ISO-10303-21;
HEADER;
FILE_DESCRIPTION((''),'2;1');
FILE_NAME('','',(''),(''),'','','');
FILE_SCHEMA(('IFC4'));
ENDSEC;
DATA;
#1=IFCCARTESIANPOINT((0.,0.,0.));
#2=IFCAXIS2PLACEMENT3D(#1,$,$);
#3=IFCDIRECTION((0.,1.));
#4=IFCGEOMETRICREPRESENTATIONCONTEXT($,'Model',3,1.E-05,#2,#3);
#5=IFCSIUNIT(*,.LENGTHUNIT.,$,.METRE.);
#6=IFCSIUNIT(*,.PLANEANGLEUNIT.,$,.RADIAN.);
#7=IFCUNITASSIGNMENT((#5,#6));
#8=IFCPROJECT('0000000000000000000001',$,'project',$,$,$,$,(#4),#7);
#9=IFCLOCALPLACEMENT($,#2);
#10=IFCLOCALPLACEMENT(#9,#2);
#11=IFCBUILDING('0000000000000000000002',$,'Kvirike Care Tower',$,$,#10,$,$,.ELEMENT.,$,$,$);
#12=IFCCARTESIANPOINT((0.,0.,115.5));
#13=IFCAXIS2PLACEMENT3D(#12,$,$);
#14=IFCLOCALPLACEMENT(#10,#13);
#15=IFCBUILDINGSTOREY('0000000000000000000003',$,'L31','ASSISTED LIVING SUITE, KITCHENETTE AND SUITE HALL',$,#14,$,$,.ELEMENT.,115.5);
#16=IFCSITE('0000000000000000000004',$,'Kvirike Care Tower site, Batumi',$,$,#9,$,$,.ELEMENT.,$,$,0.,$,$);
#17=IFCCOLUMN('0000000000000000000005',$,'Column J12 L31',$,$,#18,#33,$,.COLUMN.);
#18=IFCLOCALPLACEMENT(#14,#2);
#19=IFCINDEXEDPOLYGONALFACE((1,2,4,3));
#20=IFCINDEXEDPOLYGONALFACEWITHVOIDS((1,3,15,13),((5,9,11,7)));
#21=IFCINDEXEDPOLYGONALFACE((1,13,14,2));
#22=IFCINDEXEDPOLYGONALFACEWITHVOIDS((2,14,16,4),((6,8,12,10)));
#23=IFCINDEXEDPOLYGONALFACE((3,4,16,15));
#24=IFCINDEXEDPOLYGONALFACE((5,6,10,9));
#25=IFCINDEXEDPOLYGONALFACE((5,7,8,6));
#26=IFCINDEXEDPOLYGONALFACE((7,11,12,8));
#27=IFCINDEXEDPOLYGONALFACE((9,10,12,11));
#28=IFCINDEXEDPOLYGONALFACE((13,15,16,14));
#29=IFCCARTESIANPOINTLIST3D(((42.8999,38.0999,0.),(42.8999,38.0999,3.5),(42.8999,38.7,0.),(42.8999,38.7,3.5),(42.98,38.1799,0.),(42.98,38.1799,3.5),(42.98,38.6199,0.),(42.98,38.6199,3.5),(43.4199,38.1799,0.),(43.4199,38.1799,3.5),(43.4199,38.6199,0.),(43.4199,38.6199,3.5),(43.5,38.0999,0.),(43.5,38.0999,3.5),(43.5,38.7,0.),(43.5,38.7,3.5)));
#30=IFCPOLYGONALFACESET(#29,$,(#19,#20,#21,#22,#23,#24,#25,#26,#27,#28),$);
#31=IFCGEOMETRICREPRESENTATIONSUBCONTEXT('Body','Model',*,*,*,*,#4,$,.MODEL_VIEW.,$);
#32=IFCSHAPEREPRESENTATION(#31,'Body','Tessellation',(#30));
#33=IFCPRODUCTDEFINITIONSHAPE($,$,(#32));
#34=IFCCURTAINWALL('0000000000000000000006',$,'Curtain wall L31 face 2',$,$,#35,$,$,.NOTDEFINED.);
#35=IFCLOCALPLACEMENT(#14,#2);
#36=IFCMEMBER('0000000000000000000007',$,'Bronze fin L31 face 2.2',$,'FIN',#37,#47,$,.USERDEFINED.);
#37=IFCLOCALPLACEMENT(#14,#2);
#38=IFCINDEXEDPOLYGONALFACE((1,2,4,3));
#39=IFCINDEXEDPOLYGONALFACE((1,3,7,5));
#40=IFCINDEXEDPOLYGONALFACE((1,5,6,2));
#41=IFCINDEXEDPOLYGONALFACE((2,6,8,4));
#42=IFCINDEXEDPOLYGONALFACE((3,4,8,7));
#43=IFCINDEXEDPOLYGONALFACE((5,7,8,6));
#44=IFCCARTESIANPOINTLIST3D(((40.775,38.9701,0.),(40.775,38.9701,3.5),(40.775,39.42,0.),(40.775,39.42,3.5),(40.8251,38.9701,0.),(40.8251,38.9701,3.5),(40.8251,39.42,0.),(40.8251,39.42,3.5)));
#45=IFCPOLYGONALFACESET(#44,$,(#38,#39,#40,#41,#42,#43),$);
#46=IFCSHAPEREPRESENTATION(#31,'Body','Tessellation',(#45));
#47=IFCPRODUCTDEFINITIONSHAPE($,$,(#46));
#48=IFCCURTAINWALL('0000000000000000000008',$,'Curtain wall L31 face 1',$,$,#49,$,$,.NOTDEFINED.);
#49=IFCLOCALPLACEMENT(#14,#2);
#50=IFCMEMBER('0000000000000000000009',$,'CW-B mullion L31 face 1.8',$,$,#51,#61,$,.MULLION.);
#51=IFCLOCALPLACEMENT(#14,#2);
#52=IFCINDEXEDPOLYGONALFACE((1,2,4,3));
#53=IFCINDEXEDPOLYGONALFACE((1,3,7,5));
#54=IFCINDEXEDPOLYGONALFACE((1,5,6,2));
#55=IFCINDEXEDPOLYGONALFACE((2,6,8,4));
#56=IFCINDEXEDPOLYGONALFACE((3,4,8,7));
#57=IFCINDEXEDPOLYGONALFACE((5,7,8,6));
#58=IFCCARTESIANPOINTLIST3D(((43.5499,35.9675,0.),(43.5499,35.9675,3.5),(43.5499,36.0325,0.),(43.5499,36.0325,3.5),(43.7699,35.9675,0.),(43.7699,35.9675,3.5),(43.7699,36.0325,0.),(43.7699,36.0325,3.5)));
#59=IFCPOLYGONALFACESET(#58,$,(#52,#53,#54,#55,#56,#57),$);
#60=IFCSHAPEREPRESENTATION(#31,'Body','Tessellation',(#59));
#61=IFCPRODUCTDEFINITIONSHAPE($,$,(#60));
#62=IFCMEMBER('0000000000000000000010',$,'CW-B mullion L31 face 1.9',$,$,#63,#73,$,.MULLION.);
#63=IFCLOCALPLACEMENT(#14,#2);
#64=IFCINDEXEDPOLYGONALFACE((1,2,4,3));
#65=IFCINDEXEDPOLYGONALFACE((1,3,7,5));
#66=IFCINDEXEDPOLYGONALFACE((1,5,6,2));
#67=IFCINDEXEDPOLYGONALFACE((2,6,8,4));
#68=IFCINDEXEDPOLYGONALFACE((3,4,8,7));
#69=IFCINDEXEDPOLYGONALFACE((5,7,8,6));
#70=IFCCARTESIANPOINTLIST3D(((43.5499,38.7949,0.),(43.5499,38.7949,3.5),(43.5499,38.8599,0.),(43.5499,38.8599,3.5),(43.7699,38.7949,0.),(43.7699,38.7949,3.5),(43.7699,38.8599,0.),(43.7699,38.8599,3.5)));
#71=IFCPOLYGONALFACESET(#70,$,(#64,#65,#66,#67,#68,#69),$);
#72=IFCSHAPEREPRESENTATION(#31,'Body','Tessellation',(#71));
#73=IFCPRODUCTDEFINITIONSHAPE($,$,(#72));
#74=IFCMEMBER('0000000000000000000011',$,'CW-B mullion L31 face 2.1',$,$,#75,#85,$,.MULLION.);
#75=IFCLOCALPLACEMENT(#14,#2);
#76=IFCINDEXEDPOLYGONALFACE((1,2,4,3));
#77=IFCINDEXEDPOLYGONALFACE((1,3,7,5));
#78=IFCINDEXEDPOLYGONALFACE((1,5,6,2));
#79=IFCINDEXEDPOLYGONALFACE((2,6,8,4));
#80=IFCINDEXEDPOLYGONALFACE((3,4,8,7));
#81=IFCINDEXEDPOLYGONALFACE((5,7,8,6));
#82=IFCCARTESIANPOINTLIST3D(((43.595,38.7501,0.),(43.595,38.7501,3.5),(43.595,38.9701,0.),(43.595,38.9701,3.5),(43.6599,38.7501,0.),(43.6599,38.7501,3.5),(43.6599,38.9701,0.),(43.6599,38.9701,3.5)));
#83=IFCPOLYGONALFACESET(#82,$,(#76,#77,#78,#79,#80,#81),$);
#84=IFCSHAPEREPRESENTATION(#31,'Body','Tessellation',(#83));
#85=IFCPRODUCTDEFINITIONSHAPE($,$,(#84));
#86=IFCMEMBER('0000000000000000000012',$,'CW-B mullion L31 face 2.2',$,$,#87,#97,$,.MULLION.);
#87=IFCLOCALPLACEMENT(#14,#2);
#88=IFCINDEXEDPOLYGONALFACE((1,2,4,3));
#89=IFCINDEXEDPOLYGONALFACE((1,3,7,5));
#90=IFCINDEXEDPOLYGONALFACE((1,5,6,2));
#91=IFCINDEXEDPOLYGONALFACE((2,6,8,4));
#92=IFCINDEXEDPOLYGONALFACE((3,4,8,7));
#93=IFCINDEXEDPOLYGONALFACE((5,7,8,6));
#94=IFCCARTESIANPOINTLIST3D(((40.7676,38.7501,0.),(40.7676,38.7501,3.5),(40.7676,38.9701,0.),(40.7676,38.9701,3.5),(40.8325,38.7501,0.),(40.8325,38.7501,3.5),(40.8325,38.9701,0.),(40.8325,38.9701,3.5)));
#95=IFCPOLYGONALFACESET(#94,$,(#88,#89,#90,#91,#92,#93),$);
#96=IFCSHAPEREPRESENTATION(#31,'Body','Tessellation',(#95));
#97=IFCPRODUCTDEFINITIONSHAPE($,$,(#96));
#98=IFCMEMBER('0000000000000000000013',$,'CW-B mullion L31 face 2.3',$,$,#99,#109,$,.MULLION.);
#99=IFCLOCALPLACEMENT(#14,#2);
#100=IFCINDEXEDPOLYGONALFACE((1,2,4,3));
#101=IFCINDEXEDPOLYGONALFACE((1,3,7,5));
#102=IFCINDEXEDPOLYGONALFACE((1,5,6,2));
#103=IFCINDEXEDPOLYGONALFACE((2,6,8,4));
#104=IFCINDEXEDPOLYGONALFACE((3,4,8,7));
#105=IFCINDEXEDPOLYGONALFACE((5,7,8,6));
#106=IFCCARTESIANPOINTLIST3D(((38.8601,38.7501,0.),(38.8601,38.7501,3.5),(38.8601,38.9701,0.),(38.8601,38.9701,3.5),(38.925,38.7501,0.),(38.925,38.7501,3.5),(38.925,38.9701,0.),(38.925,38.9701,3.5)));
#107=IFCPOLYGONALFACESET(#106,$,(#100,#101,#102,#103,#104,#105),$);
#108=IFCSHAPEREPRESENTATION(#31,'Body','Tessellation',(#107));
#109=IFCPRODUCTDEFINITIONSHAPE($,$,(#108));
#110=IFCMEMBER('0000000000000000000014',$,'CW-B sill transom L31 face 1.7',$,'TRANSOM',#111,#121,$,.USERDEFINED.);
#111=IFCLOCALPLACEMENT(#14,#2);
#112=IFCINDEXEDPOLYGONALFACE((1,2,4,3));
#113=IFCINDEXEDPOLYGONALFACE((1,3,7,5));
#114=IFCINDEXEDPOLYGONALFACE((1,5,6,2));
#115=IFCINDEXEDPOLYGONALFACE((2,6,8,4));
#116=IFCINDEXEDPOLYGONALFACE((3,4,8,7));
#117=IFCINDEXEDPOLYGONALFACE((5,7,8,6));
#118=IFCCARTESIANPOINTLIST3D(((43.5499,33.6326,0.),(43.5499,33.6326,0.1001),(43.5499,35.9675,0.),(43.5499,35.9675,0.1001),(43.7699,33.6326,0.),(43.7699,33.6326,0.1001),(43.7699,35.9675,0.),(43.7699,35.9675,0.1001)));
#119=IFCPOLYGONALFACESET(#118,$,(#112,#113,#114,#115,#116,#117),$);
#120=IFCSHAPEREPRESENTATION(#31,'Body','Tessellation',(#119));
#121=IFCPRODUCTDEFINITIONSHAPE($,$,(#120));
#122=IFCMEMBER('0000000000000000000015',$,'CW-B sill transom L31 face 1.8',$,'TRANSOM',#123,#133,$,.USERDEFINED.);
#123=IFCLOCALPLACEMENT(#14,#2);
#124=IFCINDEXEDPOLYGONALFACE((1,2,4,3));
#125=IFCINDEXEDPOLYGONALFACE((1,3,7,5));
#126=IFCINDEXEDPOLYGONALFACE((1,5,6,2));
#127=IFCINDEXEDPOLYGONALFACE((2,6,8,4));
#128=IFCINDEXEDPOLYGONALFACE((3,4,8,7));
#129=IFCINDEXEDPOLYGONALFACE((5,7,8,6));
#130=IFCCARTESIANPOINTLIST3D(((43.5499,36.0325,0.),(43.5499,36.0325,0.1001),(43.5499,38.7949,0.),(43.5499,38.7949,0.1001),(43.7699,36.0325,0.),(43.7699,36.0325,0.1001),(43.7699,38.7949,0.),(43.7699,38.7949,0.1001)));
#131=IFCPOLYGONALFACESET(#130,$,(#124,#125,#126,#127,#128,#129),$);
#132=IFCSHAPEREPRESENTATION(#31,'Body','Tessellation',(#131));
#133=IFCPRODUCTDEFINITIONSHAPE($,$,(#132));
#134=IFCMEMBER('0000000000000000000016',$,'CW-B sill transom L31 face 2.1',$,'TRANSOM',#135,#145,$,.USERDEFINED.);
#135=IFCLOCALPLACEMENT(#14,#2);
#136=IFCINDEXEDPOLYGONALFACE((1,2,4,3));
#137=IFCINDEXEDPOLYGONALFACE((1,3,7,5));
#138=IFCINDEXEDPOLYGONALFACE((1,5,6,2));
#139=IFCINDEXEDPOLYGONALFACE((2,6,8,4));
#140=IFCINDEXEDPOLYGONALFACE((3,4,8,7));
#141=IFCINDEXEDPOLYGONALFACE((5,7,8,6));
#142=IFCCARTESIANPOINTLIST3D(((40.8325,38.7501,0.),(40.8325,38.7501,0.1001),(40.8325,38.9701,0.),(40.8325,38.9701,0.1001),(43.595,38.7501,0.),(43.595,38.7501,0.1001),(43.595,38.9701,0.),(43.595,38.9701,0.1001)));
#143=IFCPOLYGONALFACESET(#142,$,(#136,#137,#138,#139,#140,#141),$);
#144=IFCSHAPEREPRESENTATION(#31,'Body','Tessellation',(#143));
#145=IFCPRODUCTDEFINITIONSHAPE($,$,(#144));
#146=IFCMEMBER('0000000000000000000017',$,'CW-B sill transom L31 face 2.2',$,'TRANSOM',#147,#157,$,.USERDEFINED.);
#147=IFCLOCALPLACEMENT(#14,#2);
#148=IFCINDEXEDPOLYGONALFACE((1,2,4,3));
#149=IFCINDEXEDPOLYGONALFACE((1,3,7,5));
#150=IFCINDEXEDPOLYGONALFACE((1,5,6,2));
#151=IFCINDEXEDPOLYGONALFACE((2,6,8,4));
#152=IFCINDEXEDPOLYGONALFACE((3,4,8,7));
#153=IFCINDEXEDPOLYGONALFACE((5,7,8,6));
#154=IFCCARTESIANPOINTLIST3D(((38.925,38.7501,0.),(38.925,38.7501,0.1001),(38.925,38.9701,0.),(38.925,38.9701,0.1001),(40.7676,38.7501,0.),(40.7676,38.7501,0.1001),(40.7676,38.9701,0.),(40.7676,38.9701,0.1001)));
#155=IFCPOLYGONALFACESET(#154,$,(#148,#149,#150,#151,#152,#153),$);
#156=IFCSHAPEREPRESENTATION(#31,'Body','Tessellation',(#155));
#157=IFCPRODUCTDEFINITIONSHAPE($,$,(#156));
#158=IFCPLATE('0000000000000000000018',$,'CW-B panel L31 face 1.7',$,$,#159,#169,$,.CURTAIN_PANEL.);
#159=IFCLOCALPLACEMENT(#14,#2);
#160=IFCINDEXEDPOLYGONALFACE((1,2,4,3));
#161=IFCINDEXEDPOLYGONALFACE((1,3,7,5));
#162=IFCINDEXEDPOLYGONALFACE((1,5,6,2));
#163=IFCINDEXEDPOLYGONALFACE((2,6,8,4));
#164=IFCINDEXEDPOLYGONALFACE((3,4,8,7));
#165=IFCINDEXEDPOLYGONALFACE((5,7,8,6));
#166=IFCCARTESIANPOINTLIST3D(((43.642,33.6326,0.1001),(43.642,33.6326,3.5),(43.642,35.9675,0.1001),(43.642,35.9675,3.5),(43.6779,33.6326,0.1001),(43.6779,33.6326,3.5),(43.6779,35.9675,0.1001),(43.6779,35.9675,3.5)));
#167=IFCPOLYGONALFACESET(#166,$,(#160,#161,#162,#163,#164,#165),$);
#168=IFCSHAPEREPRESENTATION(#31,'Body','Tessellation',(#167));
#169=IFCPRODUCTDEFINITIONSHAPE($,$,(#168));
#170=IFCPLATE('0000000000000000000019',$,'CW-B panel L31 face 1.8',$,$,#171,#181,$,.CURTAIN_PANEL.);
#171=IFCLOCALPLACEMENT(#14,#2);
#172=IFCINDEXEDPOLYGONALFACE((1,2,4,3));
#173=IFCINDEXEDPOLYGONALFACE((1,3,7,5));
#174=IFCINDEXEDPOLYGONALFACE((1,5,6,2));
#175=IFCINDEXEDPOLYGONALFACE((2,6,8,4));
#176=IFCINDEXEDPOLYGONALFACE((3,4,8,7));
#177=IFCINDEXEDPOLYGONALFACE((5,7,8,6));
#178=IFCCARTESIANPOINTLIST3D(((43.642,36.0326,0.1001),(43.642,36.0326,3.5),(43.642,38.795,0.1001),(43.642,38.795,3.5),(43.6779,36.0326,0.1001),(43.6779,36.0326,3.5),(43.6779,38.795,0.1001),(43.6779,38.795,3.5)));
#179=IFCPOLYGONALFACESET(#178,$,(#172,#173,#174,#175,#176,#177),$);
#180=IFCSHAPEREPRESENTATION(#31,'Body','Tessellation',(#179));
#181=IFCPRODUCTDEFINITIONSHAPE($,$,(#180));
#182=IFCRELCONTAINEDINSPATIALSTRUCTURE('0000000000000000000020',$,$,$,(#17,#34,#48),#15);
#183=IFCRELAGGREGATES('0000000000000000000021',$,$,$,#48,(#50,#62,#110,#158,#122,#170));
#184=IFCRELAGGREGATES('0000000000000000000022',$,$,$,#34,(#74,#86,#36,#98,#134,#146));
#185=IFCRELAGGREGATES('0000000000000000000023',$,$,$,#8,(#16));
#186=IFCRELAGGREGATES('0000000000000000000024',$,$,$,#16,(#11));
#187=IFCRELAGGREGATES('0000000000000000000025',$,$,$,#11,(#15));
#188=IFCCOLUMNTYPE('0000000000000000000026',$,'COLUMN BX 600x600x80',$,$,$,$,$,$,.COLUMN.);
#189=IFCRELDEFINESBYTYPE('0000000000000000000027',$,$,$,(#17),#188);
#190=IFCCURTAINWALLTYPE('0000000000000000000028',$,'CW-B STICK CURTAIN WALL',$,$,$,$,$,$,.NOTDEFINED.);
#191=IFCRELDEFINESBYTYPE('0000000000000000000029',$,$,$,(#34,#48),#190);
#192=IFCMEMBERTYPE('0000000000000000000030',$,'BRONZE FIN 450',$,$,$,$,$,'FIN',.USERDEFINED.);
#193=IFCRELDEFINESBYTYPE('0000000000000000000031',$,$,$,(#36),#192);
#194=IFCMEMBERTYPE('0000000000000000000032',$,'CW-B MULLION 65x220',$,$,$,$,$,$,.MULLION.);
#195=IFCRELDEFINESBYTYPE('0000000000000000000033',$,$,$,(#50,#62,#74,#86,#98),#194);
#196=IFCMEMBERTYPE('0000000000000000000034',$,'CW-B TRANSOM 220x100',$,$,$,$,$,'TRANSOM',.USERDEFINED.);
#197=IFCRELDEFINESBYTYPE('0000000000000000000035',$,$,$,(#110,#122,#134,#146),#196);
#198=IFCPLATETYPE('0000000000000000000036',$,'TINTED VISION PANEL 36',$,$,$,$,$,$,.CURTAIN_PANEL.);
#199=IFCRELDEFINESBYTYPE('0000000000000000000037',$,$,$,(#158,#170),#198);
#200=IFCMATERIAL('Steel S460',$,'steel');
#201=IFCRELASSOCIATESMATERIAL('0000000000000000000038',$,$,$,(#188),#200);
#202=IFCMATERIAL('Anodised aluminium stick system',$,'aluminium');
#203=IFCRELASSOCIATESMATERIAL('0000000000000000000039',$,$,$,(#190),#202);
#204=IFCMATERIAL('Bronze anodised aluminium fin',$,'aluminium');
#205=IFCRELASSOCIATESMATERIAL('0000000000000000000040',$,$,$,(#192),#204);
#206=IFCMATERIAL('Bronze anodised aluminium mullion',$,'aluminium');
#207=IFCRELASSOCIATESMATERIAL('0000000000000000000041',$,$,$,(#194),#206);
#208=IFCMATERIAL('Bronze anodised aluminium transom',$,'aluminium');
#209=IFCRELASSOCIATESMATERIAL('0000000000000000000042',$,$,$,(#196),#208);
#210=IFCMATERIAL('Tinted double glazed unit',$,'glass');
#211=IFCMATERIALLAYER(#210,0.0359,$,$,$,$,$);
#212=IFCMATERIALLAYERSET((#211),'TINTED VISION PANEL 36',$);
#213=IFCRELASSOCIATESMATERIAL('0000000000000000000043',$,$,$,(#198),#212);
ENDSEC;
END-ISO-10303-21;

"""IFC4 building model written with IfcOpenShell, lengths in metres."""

from ifc_helpers import new_model, si_unit, direction, frame, origin, origin_2d, place, context, subcontext, project, spatial, rectangle, hollow_rectangle, extrude, material, layer, layer_set, material_profile, profile_set, type_object, element, aggregate, save


model = new_model("IFC4")

# Units and contexts
model_context = context("Model", 3, precision=1e-05, world=origin(), true_north=direction((0.0, 1.0)))
body_context = subcontext(model_context, "Body", "Model", "MODEL_VIEW")
ifc_project = project(units=[si_unit("LENGTHUNIT", "METRE"), si_unit("PLANEANGLEUNIT", "RADIAN")], contexts=[model_context])

# Site, building, storey
site_placement = place(None, origin())
site = spatial("IfcSite", under=ifc_project, at=site_placement, Name="Kvirike Care Tower site, Batumi", CompositionType="ELEMENT", RefElevation=0.0)
building_placement = place(site_placement, origin())
building = spatial("IfcBuilding", under=site, at=building_placement, Name="Kvirike Care Tower", CompositionType="ELEMENT")
storey_placement = place(building_placement, frame((0.0, 0.0, 115.5)))
storey = spatial("IfcBuildingStorey", under=building, at=storey_placement, Name="L31", Description="ASSISTED LIVING SUITE, KITCHENETTE AND SUITE HALL", CompositionType="ELEMENT", Elevation=115.5)

# Column
ifc_material_1 = material(Name="Steel S460", Category="steel")
ifc_material_profile_1 = material_profile(ifc_material_1, hollow_rectangle(XDim=0.6001, YDim=0.6001, WallThickness=0.0801, at=origin_2d()), Name="BX 600x600x80")
ifc_profile_set_1 = profile_set([ifc_material_profile_1], Name="Steel S460")
column_type = type_object("IfcColumnType", Name="COLUMN BX 600x600x80", PredefinedType="COLUMN", material=ifc_profile_set_1)
column_placement = place(storey_placement, frame((43.2, 38.3999, 0.0), z_axis=(0.0, 0.0, 1.0), x_axis=(0.0, 1.0, 0.0)))
element("IfcColumn", 1, at=column_placement, inside=storey, type_object=column_type, Name="Column J12 L31", PredefinedType="COLUMN", context=body_context, shape_type="SweptSolid", body=[
    extrude(hollow_rectangle(XDim=0.6001, YDim=0.6001, WallThickness=0.0801, at=origin_2d()), origin(), (0.0, 0.0, 1.0), 3.5),
])

# Curtain wall, member
ifc_material_2 = material(Name="Anodised aluminium stick system", Category="aluminium")
curtain_wall_type = type_object("IfcCurtainWallType", Name="CW-B STICK CURTAIN WALL", PredefinedType="NOTDEFINED", material=ifc_material_2)
curtain_wall_1_placement = place(storey_placement, origin())
curtain_wall_1 = element("IfcCurtainWall", 2, at=curtain_wall_1_placement, inside=storey, type_object=curtain_wall_type, Name="Curtain wall L31 face 2", PredefinedType="NOTDEFINED")
ifc_material_3 = material(Name="Bronze anodised aluminium fin", Category="aluminium")
ifc_material_profile_2 = material_profile(ifc_material_3, rectangle(XDim=0.05, YDim=0.45, at=origin_2d()), Name="BRONZE FIN 450")
ifc_profile_set_2 = profile_set([ifc_material_profile_2], Name="Bronze anodised aluminium fin")
member_type_1 = type_object("IfcMemberType", Name="BRONZE FIN 450", ElementType="FIN", PredefinedType="USERDEFINED", material=ifc_profile_set_2)
member_1_placement = place(storey_placement, frame((40.8, 39.1951, 0.0), z_axis=(0.0, 0.0, 1.0), x_axis=(-1.0, 0.0, 0.0)))
member_1 = element("IfcMember", 3, at=member_1_placement, type_object=member_type_1, Name="Bronze fin L31 face 2.2", ObjectType="FIN", PredefinedType="USERDEFINED", context=body_context, shape_type="SweptSolid", body=[
    extrude(rectangle(XDim=0.05, YDim=0.45, at=origin_2d()), origin(), (0.0, 0.0, 1.0), 3.5),
])

# Curtain wall, members
curtain_wall_2_placement = place(storey_placement, origin())
curtain_wall_2 = element("IfcCurtainWall", 4, at=curtain_wall_2_placement, inside=storey, type_object=curtain_wall_type, Name="Curtain wall L31 face 1", PredefinedType="NOTDEFINED")
ifc_material_4 = material(Name="Bronze anodised aluminium mullion", Category="aluminium")
ifc_material_profile_3 = material_profile(ifc_material_4, rectangle(XDim=0.0649, YDim=0.22, at=origin_2d()), Name="CW-B MULLION 65x220")
ifc_profile_set_3 = profile_set([ifc_material_profile_3], Name="Bronze anodised aluminium mullion")
member_type_2 = type_object("IfcMemberType", Name="CW-B MULLION 65x220", PredefinedType="MULLION", material=ifc_profile_set_3)
member_2_placement = place(storey_placement, frame((43.6599, 36.0, 0.0), z_axis=(0.0, 0.0, 1.0), x_axis=(0.0, 1.0, 0.0)))
member_2 = element("IfcMember", 5, at=member_2_placement, type_object=member_type_2, Name="CW-B mullion L31 face 1.8", PredefinedType="MULLION", context=body_context, shape_type="SweptSolid", body=[
    extrude(rectangle(XDim=0.0649, YDim=0.22, at=origin_2d()), origin(), (0.0, 0.0, 1.0), 3.5),
])
member_3_placement = place(storey_placement, frame((43.6599, 38.8274, 0.0), z_axis=(0.0, 0.0, 1.0), x_axis=(0.0, 1.0, 0.0)))
member_3 = element("IfcMember", 6, at=member_3_placement, type_object=member_type_2, Name="CW-B mullion L31 face 1.9", PredefinedType="MULLION", context=body_context, shape_type="SweptSolid", body=[
    extrude(rectangle(XDim=0.0649, YDim=0.22, at=origin_2d()), origin(), (0.0, 0.0, 1.0), 3.5),
])

# Members
member_4_placement = place(storey_placement, frame((43.6274, 38.8601, 0.0), z_axis=(0.0, 0.0, 1.0), x_axis=(-1.0, 0.0, 0.0)))
member_4 = element("IfcMember", 7, at=member_4_placement, type_object=member_type_2, Name="CW-B mullion L31 face 2.1", PredefinedType="MULLION", context=body_context, shape_type="SweptSolid", body=[
    extrude(rectangle(XDim=0.0649, YDim=0.22, at=origin_2d()), origin(), (0.0, 0.0, 1.0), 3.5),
])
member_5_placement = place(storey_placement, frame((40.8, 38.8601, 0.0), z_axis=(0.0, 0.0, 1.0), x_axis=(-1.0, 0.0, 0.0)))
member_5 = element("IfcMember", 8, at=member_5_placement, type_object=member_type_2, Name="CW-B mullion L31 face 2.2", PredefinedType="MULLION", context=body_context, shape_type="SweptSolid", body=[
    extrude(rectangle(XDim=0.0649, YDim=0.22, at=origin_2d()), origin(), (0.0, 0.0, 1.0), 3.5),
])
member_6_placement = place(storey_placement, frame((38.8926, 38.8601, 0.0), z_axis=(0.0, 0.0, 1.0), x_axis=(-1.0, 0.0, 0.0)))
member_6 = element("IfcMember", 9, at=member_6_placement, type_object=member_type_2, Name="CW-B mullion L31 face 2.3", PredefinedType="MULLION", context=body_context, shape_type="SweptSolid", body=[
    extrude(rectangle(XDim=0.0649, YDim=0.22, at=origin_2d()), origin(), (0.0, 0.0, 1.0), 3.5),
])
ifc_material_5 = material(Name="Bronze anodised aluminium transom", Category="aluminium")
ifc_material_profile_4 = material_profile(ifc_material_5, rectangle(XDim=0.22, YDim=0.1001, at=origin_2d()), Name="CW-B TRANSOM 220x100")
ifc_profile_set_4 = profile_set([ifc_material_profile_4], Name="Bronze anodised aluminium transom")
member_type_3 = type_object("IfcMemberType", Name="CW-B TRANSOM 220x100", ElementType="TRANSOM", PredefinedType="USERDEFINED", material=ifc_profile_set_4)
member_7_placement = place(storey_placement, frame((43.6599, 33.6326, 0.05), z_axis=(0.0, 1.0, 0.0), x_axis=(-1.0, 0.0, 0.0)))
member_7 = element("IfcMember", 10, at=member_7_placement, type_object=member_type_3, Name="CW-B sill transom L31 face 1.7", ObjectType="TRANSOM", PredefinedType="USERDEFINED", context=body_context, shape_type="SweptSolid", body=[
    extrude(rectangle(XDim=0.22, YDim=0.1001, at=origin_2d()), origin(), (0.0, 0.0, 1.0), 2.335),
])
member_8_placement = place(storey_placement, frame((43.6599, 36.0325, 0.05), z_axis=(0.0, 1.0, 0.0), x_axis=(-1.0, 0.0, 0.0)))
member_8 = element("IfcMember", 11, at=member_8_placement, type_object=member_type_3, Name="CW-B sill transom L31 face 1.8", ObjectType="TRANSOM", PredefinedType="USERDEFINED", context=body_context, shape_type="SweptSolid", body=[
    extrude(rectangle(XDim=0.22, YDim=0.1001, at=origin_2d()), origin(), (0.0, 0.0, 1.0), 2.7625),
])
member_9_placement = place(storey_placement, frame((43.595, 38.8601, 0.05), z_axis=(-1.0, 0.0, 0.0), x_axis=(0.0, -1.0, 0.0)))
member_9 = element("IfcMember", 12, at=member_9_placement, type_object=member_type_3, Name="CW-B sill transom L31 face 2.1", ObjectType="TRANSOM", PredefinedType="USERDEFINED", context=body_context, shape_type="SweptSolid", body=[
    extrude(rectangle(XDim=0.22, YDim=0.1001, at=origin_2d()), origin(), (0.0, 0.0, 1.0), 2.7625),
])
member_10_placement = place(storey_placement, frame((40.7676, 38.8601, 0.05), z_axis=(-1.0, 0.0, 0.0), x_axis=(0.0, -1.0, 0.0)))
member_10 = element("IfcMember", 13, at=member_10_placement, type_object=member_type_3, Name="CW-B sill transom L31 face 2.2", ObjectType="TRANSOM", PredefinedType="USERDEFINED", context=body_context, shape_type="SweptSolid", body=[
    extrude(rectangle(XDim=0.22, YDim=0.1001, at=origin_2d()), origin(), (0.0, 0.0, 1.0), 1.8425),
])

# Plates
ifc_material_6 = material(Name="Tinted double glazed unit", Category="glass")
ifc_layer_1 = layer(ifc_material_6, 0.0359)
ifc_layer_set_1 = layer_set([ifc_layer_1], Name="TINTED VISION PANEL 36")
plate_type = type_object("IfcPlateType", Name="TINTED VISION PANEL 36", PredefinedType="CURTAIN_PANEL", material=ifc_layer_set_1)
plate_1_placement = place(storey_placement, frame((43.6599, 34.8, 0.1001), z_axis=(0.0, 0.0, 1.0), x_axis=(0.0, 1.0, 0.0)))
plate_1 = element("IfcPlate", 14, at=plate_1_placement, type_object=plate_type, Name="CW-B panel L31 face 1.7", PredefinedType="CURTAIN_PANEL", context=body_context, shape_type="SweptSolid", body=[
    extrude(rectangle(XDim=2.335, YDim=0.0359, at=origin_2d()), origin(), (0.0, 0.0, 1.0), 3.3999),
])
plate_2_placement = place(storey_placement, frame((43.6599, 37.4138, 0.1001), z_axis=(0.0, 0.0, 1.0), x_axis=(0.0, 1.0, 0.0)))
plate_2 = element("IfcPlate", 15, at=plate_2_placement, type_object=plate_type, Name="CW-B panel L31 face 1.8", PredefinedType="CURTAIN_PANEL", context=body_context, shape_type="SweptSolid", body=[
    extrude(rectangle(XDim=2.7625, YDim=0.0359, at=origin_2d()), origin(), (0.0, 0.0, 1.0), 3.3999),
])
aggregate(curtain_wall_2, [member_2, member_3, member_7, plate_1, member_8, plate_2])
aggregate(curtain_wall_1, [member_4, member_5, member_1, member_6, member_9, member_10])

save(model, "model.ifc")
